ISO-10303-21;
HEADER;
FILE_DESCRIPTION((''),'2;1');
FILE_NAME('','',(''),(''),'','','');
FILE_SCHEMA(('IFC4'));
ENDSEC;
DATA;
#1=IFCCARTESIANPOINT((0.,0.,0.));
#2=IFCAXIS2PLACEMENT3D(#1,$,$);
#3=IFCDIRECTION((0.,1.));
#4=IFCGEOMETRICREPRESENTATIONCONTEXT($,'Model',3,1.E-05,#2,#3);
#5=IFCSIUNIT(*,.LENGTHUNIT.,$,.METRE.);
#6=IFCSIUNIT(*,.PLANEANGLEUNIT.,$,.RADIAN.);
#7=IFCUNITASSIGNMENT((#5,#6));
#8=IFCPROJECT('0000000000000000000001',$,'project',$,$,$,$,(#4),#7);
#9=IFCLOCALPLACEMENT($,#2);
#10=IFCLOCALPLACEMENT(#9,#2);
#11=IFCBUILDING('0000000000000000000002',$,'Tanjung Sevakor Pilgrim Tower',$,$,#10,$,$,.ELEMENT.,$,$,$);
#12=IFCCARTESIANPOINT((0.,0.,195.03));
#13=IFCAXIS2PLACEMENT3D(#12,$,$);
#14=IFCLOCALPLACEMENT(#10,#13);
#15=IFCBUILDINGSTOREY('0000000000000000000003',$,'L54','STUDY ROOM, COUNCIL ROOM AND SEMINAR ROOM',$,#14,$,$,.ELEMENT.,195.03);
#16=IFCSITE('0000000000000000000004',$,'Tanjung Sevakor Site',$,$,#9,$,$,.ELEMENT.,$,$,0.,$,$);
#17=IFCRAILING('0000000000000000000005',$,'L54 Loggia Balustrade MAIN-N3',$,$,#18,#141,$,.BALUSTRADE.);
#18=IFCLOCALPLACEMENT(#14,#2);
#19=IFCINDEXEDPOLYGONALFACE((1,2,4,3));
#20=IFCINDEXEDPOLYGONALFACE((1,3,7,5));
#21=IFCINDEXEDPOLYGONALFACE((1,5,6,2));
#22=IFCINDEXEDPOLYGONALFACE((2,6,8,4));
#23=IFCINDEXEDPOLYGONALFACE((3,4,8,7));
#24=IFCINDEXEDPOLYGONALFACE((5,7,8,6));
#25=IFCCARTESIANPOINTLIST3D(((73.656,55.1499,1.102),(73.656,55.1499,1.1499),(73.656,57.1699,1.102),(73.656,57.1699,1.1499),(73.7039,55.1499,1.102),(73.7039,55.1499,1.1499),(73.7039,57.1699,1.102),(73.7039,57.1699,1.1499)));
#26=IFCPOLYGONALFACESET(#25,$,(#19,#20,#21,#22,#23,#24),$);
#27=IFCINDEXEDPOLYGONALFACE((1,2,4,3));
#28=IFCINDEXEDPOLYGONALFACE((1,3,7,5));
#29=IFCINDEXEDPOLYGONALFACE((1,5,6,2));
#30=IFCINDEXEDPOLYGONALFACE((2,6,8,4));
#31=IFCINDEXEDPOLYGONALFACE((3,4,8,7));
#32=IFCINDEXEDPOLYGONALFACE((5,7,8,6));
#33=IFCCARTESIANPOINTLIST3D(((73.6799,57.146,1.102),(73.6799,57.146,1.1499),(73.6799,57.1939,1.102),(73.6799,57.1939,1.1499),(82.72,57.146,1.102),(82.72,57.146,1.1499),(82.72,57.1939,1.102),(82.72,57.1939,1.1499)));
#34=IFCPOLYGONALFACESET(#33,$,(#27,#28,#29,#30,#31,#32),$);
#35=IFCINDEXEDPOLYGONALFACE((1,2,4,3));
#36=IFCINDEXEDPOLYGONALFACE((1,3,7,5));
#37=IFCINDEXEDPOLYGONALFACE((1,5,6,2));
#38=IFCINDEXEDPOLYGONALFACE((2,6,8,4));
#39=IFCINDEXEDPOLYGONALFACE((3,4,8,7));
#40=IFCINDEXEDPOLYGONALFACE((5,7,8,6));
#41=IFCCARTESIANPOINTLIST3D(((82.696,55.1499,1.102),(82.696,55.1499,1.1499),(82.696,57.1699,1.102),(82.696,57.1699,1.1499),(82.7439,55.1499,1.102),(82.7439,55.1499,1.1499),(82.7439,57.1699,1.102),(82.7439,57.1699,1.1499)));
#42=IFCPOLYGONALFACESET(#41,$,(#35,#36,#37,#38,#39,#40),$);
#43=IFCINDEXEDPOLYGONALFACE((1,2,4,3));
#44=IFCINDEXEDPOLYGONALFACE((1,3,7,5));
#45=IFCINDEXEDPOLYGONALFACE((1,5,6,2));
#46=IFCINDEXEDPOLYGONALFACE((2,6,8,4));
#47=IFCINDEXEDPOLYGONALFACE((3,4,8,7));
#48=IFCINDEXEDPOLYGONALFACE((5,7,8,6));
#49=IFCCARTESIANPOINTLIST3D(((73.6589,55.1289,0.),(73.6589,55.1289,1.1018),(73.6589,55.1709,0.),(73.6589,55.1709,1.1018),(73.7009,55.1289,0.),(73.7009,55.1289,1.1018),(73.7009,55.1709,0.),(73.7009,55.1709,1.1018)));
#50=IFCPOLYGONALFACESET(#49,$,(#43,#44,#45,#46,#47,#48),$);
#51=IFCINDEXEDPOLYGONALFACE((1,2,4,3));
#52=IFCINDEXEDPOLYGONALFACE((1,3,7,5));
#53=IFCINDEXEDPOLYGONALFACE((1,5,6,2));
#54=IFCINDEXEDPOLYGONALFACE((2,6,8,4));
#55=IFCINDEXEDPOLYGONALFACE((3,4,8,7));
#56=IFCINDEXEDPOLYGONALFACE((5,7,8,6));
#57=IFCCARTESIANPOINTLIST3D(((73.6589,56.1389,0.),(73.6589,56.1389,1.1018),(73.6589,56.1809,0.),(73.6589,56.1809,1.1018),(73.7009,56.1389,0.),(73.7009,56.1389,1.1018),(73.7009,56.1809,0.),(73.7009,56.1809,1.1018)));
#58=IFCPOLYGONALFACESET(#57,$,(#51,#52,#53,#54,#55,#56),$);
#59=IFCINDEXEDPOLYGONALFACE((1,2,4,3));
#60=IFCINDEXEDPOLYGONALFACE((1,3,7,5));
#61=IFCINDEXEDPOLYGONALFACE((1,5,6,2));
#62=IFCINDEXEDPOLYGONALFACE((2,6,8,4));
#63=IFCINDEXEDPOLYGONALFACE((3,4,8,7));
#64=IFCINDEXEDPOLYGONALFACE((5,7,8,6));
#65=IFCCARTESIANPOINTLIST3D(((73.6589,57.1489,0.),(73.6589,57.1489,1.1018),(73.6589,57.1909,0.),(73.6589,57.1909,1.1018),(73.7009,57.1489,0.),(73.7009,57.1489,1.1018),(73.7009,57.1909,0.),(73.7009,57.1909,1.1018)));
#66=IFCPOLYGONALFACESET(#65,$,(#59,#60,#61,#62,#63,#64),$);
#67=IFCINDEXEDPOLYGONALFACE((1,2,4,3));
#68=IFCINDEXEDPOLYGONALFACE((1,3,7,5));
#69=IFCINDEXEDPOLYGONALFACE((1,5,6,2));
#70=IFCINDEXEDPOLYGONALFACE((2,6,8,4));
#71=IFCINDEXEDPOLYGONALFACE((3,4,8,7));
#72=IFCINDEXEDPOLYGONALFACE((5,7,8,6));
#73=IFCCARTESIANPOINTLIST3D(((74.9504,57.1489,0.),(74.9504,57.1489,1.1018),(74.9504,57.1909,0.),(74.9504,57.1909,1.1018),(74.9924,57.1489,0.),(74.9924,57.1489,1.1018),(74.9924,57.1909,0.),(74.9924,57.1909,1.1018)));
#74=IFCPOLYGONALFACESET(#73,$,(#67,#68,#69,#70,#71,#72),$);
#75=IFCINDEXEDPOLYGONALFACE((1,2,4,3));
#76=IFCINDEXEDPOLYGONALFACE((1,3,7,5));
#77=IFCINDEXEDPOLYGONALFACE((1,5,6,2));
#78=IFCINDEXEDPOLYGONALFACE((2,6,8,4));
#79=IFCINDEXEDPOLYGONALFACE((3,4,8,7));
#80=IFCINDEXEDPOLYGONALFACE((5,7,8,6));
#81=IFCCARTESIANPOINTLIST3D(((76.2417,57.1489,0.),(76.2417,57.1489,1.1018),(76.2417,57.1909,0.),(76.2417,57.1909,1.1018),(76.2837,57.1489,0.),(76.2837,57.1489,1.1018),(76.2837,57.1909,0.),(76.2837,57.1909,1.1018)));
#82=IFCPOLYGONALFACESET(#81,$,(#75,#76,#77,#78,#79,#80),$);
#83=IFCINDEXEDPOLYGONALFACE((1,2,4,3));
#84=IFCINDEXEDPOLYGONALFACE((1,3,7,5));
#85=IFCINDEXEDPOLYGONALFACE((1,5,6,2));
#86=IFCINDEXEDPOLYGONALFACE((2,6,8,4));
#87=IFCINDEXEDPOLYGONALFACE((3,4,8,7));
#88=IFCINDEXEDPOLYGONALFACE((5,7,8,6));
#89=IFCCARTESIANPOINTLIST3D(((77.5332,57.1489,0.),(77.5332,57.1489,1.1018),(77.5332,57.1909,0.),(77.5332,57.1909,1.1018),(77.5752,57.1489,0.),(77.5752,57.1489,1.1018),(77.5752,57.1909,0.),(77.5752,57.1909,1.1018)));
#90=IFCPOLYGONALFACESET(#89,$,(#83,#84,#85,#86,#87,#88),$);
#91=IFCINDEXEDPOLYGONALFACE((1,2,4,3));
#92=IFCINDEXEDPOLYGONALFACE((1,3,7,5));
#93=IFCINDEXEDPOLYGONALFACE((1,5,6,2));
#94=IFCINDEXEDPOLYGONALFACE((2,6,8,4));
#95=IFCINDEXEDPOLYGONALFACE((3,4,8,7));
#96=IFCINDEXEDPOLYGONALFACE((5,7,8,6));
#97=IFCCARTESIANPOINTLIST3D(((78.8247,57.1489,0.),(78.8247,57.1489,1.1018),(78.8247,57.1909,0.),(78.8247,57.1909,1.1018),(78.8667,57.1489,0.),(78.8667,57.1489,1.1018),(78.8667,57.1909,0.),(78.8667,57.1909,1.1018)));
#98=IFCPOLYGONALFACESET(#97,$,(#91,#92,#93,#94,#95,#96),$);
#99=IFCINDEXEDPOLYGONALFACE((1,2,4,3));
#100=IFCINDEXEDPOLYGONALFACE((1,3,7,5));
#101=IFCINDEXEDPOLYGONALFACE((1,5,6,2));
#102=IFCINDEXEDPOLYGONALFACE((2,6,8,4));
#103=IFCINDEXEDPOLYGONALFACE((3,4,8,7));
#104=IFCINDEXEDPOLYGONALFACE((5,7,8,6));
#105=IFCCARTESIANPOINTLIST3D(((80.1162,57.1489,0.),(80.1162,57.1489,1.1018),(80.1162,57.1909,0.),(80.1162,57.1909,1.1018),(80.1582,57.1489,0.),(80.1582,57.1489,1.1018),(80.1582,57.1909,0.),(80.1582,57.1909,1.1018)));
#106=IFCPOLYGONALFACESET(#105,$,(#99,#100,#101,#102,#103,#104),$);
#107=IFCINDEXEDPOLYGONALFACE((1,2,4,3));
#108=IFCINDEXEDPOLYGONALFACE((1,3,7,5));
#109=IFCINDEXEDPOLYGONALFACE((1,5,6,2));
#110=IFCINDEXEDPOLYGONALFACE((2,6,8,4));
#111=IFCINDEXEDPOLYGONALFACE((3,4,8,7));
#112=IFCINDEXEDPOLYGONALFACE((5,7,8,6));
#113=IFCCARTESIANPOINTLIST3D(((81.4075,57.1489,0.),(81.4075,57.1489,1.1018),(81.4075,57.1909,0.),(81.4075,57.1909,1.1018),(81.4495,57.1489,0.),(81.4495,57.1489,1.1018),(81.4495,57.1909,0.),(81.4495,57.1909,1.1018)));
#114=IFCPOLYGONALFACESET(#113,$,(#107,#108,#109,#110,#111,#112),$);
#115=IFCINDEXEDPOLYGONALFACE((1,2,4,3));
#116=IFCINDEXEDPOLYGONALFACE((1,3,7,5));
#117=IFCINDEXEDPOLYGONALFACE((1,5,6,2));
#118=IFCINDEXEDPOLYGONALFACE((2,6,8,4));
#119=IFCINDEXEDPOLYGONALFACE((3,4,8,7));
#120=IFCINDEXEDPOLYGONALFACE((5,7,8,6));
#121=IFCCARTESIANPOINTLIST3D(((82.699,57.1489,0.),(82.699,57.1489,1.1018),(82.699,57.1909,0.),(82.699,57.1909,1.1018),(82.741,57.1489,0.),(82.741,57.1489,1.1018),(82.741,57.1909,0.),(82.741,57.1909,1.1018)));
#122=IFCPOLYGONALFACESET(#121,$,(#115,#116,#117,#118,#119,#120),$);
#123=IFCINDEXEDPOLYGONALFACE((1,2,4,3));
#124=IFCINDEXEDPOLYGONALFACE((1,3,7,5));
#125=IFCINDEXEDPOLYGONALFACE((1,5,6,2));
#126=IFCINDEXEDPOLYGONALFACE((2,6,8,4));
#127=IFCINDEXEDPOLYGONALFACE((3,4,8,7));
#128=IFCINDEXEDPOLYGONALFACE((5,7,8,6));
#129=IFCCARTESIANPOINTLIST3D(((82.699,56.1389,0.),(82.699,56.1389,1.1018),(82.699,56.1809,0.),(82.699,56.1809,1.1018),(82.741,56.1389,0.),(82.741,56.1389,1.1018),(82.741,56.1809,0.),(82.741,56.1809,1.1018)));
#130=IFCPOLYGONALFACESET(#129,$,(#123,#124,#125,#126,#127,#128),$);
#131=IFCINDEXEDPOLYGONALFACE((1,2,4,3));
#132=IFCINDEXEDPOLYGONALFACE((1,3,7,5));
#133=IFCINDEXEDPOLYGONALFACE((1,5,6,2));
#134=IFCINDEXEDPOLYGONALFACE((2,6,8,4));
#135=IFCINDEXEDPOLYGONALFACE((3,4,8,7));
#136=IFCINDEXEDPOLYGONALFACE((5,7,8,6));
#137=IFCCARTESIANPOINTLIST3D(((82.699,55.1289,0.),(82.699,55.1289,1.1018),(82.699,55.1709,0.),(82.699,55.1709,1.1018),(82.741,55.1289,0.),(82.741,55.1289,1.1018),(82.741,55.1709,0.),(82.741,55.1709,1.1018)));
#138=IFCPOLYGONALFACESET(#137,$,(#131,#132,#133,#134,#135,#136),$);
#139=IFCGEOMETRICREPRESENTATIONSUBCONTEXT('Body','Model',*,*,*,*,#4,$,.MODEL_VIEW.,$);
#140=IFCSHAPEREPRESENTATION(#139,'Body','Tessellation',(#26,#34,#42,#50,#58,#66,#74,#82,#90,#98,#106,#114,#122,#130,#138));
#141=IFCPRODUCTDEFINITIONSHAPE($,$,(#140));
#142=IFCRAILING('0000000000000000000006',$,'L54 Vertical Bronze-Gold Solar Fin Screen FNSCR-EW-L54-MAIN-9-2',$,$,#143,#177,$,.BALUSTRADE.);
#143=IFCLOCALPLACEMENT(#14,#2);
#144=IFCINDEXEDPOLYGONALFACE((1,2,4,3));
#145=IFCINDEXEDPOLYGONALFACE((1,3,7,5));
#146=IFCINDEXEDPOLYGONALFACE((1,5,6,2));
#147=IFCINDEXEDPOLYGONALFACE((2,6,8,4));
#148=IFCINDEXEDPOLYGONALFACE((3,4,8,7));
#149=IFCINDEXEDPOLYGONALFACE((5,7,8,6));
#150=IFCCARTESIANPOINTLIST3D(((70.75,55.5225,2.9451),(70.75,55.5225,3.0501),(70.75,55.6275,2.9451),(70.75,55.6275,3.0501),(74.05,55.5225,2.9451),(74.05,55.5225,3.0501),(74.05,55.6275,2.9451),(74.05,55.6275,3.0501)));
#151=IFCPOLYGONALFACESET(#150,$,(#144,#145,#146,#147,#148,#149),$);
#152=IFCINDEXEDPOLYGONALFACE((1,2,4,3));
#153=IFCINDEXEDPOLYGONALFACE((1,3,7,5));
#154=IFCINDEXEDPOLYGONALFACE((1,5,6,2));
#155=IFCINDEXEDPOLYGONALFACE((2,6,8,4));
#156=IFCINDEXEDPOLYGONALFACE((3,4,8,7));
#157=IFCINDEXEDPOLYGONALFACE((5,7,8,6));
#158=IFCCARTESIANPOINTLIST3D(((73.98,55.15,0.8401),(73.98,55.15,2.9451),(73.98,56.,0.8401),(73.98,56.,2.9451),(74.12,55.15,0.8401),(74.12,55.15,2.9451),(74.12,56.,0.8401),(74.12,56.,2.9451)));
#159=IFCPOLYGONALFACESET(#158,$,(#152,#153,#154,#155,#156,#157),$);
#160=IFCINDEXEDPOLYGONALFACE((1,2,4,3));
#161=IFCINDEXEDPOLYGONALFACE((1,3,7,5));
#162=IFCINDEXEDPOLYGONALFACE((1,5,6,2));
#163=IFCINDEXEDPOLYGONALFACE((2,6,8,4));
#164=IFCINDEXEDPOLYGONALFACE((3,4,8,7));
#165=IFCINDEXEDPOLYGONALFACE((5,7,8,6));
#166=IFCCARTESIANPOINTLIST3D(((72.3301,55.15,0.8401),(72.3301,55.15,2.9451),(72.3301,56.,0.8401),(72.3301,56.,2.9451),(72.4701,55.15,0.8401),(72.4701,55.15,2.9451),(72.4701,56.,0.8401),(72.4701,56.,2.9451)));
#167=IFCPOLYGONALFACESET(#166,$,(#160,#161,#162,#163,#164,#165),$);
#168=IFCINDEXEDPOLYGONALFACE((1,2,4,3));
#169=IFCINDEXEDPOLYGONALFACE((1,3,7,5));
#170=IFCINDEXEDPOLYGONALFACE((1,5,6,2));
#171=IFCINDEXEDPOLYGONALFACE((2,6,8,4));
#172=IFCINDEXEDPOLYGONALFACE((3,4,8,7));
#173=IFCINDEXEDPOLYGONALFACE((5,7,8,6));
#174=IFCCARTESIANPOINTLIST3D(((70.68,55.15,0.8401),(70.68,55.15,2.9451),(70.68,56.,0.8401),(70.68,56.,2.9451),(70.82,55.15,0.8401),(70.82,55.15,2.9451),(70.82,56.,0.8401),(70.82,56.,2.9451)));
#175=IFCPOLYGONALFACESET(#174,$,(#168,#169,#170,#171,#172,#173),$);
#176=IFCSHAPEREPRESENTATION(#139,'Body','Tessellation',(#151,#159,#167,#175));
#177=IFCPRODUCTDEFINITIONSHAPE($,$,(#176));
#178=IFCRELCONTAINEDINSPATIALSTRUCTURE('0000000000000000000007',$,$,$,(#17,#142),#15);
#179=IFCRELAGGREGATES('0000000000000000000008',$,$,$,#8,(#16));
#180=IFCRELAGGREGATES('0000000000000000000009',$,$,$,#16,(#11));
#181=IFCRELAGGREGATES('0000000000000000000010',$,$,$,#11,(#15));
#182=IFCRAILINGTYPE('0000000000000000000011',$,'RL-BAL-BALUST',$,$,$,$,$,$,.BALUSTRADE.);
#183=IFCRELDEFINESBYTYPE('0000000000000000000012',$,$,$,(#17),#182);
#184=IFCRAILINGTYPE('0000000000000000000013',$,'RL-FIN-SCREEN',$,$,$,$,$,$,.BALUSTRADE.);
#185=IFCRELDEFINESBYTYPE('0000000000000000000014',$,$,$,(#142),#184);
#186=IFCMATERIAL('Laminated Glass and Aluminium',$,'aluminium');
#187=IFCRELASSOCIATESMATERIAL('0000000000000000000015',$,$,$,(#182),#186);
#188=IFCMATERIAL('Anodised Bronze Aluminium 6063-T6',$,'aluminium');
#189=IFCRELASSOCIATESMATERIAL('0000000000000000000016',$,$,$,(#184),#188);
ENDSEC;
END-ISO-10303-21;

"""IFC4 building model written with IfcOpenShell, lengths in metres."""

from ifc_helpers import new_model, si_unit, direction, frame, origin, place, context, subcontext, project, spatial, rectangle, extrude, material, type_object, element, save


model = new_model("IFC4")

# Units and contexts
model_context = context("Model", 3, precision=1e-05, world=origin(), true_north=direction((0.0, 1.0)))
body_context = subcontext(model_context, "Body", "Model", "MODEL_VIEW")
ifc_project = project(units=[si_unit("LENGTHUNIT", "METRE"), si_unit("PLANEANGLEUNIT", "RADIAN")], contexts=[model_context])

# Site, building, storey
site_placement = place(None, origin())
site = spatial("IfcSite", under=ifc_project, at=site_placement, Name="Tanjung Sevakor Site", CompositionType="ELEMENT", RefElevation=0.0)
building_placement = place(site_placement, origin())
building = spatial("IfcBuilding", under=site, at=building_placement, Name="Tanjung Sevakor Pilgrim Tower", CompositionType="ELEMENT")
storey_placement = place(building_placement, frame((0.0, 0.0, 195.03)))
storey = spatial("IfcBuildingStorey", under=building, at=storey_placement, Name="L54", Description="STUDY ROOM, COUNCIL ROOM AND SEMINAR ROOM", CompositionType="ELEMENT", Elevation=195.03)

# Railings
ifc_material_1 = material(Name="Laminated Glass and Aluminium", Category="aluminium")
railing_type_1 = type_object("IfcRailingType", Name="RL-BAL-BALUST", PredefinedType="BALUSTRADE", material=ifc_material_1)
railing_1_placement = place(storey_placement, frame((73.6799, 55.1499, 0.0)))
element("IfcRailing", 1, at=railing_1_placement, inside=storey, type_object=railing_type_1, Name="L54 Loggia Balustrade MAIN-N3", PredefinedType="BALUSTRADE", context=body_context, shape_type="SweptSolid", body=[
    extrude(rectangle(XDim=0.0479, YDim=0.0479), frame((0.0, 0.0, 1.126), z_axis=(0.0, 1.0, 0.0), x_axis=(-1.0, 0.0, 0.0)), (0.0, 0.0, 1.0), 2.02),
    extrude(rectangle(XDim=0.0479, YDim=0.0479), frame((0.0, 2.02, 1.126), z_axis=(1.0, 0.0, 0.0), x_axis=(0.0, 1.0, 0.0)), (0.0, 0.0, 1.0), 9.04),
    extrude(rectangle(XDim=0.0479, YDim=0.0479), frame((9.04, 2.02, 1.126), z_axis=(0.0, -1.0, 0.0), x_axis=(1.0, 0.0, 0.0)), (0.0, 0.0, 1.0), 2.02),
    extrude(rectangle(XDim=0.042, YDim=0.042), origin(), (0.0, 0.0, 1.0), 1.1018),
    extrude(rectangle(XDim=0.042, YDim=0.042), frame((0.0, 1.01, 0.0)), (0.0, 0.0, 1.0), 1.1018),
    extrude(rectangle(XDim=0.042, YDim=0.042), frame((0.0, 2.02, 0.0)), (0.0, 0.0, 1.0), 1.1018),
    extrude(rectangle(XDim=0.042, YDim=0.042), frame((1.2915, 2.02, 0.0)), (0.0, 0.0, 1.0), 1.1018),
    extrude(rectangle(XDim=0.042, YDim=0.042), frame((2.5828, 2.02, 0.0)), (0.0, 0.0, 1.0), 1.1018),
    extrude(rectangle(XDim=0.042, YDim=0.042), frame((3.8743, 2.02, 0.0)), (0.0, 0.0, 1.0), 1.1018),
    extrude(rectangle(XDim=0.042, YDim=0.042), frame((5.1658, 2.02, 0.0)), (0.0, 0.0, 1.0), 1.1018),
    extrude(rectangle(XDim=0.042, YDim=0.042), frame((6.4573, 2.02, 0.0)), (0.0, 0.0, 1.0), 1.1018),
    extrude(rectangle(XDim=0.042, YDim=0.042), frame((7.7485, 2.02, 0.0)), (0.0, 0.0, 1.0), 1.1018),
    extrude(rectangle(XDim=0.042, YDim=0.042), frame((9.04, 2.02, 0.0)), (0.0, 0.0, 1.0), 1.1018),
    extrude(rectangle(XDim=0.042, YDim=0.042), frame((9.04, 1.01, 0.0)), (0.0, 0.0, 1.0), 1.1018),
    extrude(rectangle(XDim=0.042, YDim=0.042), frame((9.04, 0.0, 0.0)), (0.0, 0.0, 1.0), 1.1018),
])
ifc_material_2 = material(Name="Anodised Bronze Aluminium 6063-T6", Category="aluminium")
railing_type_2 = type_object("IfcRailingType", Name="RL-FIN-SCREEN", PredefinedType="BALUSTRADE", material=ifc_material_2)
railing_2_placement = place(storey_placement, frame((74.05, 55.575, 0.8401)))
element("IfcRailing", 2, at=railing_2_placement, inside=storey, type_object=railing_type_2, Name="L54 Vertical Bronze-Gold Solar Fin Screen FNSCR-EW-L54-MAIN-9-2", PredefinedType="BALUSTRADE", context=body_context, shape_type="SweptSolid", body=[
    extrude(rectangle(XDim=0.105, YDim=0.105), frame((0.0, 0.0, 2.1575), z_axis=(-1.0, 0.0, 0.0), x_axis=(0.0, -1.0, 0.0)), (0.0, 0.0, 1.0), 3.3),
    extrude(rectangle(XDim=0.14, YDim=0.85), origin(), (0.0, 0.0, 1.0), 2.105),
    extrude(rectangle(XDim=0.14, YDim=0.85), frame((-1.6499, 0.0, 0.0)), (0.0, 0.0, 1.0), 2.105),
    extrude(rectangle(XDim=0.14, YDim=0.85), frame((-3.3, 0.0, 0.0)), (0.0, 0.0, 1.0), 2.105),
])

save(model, "model.ifc")
